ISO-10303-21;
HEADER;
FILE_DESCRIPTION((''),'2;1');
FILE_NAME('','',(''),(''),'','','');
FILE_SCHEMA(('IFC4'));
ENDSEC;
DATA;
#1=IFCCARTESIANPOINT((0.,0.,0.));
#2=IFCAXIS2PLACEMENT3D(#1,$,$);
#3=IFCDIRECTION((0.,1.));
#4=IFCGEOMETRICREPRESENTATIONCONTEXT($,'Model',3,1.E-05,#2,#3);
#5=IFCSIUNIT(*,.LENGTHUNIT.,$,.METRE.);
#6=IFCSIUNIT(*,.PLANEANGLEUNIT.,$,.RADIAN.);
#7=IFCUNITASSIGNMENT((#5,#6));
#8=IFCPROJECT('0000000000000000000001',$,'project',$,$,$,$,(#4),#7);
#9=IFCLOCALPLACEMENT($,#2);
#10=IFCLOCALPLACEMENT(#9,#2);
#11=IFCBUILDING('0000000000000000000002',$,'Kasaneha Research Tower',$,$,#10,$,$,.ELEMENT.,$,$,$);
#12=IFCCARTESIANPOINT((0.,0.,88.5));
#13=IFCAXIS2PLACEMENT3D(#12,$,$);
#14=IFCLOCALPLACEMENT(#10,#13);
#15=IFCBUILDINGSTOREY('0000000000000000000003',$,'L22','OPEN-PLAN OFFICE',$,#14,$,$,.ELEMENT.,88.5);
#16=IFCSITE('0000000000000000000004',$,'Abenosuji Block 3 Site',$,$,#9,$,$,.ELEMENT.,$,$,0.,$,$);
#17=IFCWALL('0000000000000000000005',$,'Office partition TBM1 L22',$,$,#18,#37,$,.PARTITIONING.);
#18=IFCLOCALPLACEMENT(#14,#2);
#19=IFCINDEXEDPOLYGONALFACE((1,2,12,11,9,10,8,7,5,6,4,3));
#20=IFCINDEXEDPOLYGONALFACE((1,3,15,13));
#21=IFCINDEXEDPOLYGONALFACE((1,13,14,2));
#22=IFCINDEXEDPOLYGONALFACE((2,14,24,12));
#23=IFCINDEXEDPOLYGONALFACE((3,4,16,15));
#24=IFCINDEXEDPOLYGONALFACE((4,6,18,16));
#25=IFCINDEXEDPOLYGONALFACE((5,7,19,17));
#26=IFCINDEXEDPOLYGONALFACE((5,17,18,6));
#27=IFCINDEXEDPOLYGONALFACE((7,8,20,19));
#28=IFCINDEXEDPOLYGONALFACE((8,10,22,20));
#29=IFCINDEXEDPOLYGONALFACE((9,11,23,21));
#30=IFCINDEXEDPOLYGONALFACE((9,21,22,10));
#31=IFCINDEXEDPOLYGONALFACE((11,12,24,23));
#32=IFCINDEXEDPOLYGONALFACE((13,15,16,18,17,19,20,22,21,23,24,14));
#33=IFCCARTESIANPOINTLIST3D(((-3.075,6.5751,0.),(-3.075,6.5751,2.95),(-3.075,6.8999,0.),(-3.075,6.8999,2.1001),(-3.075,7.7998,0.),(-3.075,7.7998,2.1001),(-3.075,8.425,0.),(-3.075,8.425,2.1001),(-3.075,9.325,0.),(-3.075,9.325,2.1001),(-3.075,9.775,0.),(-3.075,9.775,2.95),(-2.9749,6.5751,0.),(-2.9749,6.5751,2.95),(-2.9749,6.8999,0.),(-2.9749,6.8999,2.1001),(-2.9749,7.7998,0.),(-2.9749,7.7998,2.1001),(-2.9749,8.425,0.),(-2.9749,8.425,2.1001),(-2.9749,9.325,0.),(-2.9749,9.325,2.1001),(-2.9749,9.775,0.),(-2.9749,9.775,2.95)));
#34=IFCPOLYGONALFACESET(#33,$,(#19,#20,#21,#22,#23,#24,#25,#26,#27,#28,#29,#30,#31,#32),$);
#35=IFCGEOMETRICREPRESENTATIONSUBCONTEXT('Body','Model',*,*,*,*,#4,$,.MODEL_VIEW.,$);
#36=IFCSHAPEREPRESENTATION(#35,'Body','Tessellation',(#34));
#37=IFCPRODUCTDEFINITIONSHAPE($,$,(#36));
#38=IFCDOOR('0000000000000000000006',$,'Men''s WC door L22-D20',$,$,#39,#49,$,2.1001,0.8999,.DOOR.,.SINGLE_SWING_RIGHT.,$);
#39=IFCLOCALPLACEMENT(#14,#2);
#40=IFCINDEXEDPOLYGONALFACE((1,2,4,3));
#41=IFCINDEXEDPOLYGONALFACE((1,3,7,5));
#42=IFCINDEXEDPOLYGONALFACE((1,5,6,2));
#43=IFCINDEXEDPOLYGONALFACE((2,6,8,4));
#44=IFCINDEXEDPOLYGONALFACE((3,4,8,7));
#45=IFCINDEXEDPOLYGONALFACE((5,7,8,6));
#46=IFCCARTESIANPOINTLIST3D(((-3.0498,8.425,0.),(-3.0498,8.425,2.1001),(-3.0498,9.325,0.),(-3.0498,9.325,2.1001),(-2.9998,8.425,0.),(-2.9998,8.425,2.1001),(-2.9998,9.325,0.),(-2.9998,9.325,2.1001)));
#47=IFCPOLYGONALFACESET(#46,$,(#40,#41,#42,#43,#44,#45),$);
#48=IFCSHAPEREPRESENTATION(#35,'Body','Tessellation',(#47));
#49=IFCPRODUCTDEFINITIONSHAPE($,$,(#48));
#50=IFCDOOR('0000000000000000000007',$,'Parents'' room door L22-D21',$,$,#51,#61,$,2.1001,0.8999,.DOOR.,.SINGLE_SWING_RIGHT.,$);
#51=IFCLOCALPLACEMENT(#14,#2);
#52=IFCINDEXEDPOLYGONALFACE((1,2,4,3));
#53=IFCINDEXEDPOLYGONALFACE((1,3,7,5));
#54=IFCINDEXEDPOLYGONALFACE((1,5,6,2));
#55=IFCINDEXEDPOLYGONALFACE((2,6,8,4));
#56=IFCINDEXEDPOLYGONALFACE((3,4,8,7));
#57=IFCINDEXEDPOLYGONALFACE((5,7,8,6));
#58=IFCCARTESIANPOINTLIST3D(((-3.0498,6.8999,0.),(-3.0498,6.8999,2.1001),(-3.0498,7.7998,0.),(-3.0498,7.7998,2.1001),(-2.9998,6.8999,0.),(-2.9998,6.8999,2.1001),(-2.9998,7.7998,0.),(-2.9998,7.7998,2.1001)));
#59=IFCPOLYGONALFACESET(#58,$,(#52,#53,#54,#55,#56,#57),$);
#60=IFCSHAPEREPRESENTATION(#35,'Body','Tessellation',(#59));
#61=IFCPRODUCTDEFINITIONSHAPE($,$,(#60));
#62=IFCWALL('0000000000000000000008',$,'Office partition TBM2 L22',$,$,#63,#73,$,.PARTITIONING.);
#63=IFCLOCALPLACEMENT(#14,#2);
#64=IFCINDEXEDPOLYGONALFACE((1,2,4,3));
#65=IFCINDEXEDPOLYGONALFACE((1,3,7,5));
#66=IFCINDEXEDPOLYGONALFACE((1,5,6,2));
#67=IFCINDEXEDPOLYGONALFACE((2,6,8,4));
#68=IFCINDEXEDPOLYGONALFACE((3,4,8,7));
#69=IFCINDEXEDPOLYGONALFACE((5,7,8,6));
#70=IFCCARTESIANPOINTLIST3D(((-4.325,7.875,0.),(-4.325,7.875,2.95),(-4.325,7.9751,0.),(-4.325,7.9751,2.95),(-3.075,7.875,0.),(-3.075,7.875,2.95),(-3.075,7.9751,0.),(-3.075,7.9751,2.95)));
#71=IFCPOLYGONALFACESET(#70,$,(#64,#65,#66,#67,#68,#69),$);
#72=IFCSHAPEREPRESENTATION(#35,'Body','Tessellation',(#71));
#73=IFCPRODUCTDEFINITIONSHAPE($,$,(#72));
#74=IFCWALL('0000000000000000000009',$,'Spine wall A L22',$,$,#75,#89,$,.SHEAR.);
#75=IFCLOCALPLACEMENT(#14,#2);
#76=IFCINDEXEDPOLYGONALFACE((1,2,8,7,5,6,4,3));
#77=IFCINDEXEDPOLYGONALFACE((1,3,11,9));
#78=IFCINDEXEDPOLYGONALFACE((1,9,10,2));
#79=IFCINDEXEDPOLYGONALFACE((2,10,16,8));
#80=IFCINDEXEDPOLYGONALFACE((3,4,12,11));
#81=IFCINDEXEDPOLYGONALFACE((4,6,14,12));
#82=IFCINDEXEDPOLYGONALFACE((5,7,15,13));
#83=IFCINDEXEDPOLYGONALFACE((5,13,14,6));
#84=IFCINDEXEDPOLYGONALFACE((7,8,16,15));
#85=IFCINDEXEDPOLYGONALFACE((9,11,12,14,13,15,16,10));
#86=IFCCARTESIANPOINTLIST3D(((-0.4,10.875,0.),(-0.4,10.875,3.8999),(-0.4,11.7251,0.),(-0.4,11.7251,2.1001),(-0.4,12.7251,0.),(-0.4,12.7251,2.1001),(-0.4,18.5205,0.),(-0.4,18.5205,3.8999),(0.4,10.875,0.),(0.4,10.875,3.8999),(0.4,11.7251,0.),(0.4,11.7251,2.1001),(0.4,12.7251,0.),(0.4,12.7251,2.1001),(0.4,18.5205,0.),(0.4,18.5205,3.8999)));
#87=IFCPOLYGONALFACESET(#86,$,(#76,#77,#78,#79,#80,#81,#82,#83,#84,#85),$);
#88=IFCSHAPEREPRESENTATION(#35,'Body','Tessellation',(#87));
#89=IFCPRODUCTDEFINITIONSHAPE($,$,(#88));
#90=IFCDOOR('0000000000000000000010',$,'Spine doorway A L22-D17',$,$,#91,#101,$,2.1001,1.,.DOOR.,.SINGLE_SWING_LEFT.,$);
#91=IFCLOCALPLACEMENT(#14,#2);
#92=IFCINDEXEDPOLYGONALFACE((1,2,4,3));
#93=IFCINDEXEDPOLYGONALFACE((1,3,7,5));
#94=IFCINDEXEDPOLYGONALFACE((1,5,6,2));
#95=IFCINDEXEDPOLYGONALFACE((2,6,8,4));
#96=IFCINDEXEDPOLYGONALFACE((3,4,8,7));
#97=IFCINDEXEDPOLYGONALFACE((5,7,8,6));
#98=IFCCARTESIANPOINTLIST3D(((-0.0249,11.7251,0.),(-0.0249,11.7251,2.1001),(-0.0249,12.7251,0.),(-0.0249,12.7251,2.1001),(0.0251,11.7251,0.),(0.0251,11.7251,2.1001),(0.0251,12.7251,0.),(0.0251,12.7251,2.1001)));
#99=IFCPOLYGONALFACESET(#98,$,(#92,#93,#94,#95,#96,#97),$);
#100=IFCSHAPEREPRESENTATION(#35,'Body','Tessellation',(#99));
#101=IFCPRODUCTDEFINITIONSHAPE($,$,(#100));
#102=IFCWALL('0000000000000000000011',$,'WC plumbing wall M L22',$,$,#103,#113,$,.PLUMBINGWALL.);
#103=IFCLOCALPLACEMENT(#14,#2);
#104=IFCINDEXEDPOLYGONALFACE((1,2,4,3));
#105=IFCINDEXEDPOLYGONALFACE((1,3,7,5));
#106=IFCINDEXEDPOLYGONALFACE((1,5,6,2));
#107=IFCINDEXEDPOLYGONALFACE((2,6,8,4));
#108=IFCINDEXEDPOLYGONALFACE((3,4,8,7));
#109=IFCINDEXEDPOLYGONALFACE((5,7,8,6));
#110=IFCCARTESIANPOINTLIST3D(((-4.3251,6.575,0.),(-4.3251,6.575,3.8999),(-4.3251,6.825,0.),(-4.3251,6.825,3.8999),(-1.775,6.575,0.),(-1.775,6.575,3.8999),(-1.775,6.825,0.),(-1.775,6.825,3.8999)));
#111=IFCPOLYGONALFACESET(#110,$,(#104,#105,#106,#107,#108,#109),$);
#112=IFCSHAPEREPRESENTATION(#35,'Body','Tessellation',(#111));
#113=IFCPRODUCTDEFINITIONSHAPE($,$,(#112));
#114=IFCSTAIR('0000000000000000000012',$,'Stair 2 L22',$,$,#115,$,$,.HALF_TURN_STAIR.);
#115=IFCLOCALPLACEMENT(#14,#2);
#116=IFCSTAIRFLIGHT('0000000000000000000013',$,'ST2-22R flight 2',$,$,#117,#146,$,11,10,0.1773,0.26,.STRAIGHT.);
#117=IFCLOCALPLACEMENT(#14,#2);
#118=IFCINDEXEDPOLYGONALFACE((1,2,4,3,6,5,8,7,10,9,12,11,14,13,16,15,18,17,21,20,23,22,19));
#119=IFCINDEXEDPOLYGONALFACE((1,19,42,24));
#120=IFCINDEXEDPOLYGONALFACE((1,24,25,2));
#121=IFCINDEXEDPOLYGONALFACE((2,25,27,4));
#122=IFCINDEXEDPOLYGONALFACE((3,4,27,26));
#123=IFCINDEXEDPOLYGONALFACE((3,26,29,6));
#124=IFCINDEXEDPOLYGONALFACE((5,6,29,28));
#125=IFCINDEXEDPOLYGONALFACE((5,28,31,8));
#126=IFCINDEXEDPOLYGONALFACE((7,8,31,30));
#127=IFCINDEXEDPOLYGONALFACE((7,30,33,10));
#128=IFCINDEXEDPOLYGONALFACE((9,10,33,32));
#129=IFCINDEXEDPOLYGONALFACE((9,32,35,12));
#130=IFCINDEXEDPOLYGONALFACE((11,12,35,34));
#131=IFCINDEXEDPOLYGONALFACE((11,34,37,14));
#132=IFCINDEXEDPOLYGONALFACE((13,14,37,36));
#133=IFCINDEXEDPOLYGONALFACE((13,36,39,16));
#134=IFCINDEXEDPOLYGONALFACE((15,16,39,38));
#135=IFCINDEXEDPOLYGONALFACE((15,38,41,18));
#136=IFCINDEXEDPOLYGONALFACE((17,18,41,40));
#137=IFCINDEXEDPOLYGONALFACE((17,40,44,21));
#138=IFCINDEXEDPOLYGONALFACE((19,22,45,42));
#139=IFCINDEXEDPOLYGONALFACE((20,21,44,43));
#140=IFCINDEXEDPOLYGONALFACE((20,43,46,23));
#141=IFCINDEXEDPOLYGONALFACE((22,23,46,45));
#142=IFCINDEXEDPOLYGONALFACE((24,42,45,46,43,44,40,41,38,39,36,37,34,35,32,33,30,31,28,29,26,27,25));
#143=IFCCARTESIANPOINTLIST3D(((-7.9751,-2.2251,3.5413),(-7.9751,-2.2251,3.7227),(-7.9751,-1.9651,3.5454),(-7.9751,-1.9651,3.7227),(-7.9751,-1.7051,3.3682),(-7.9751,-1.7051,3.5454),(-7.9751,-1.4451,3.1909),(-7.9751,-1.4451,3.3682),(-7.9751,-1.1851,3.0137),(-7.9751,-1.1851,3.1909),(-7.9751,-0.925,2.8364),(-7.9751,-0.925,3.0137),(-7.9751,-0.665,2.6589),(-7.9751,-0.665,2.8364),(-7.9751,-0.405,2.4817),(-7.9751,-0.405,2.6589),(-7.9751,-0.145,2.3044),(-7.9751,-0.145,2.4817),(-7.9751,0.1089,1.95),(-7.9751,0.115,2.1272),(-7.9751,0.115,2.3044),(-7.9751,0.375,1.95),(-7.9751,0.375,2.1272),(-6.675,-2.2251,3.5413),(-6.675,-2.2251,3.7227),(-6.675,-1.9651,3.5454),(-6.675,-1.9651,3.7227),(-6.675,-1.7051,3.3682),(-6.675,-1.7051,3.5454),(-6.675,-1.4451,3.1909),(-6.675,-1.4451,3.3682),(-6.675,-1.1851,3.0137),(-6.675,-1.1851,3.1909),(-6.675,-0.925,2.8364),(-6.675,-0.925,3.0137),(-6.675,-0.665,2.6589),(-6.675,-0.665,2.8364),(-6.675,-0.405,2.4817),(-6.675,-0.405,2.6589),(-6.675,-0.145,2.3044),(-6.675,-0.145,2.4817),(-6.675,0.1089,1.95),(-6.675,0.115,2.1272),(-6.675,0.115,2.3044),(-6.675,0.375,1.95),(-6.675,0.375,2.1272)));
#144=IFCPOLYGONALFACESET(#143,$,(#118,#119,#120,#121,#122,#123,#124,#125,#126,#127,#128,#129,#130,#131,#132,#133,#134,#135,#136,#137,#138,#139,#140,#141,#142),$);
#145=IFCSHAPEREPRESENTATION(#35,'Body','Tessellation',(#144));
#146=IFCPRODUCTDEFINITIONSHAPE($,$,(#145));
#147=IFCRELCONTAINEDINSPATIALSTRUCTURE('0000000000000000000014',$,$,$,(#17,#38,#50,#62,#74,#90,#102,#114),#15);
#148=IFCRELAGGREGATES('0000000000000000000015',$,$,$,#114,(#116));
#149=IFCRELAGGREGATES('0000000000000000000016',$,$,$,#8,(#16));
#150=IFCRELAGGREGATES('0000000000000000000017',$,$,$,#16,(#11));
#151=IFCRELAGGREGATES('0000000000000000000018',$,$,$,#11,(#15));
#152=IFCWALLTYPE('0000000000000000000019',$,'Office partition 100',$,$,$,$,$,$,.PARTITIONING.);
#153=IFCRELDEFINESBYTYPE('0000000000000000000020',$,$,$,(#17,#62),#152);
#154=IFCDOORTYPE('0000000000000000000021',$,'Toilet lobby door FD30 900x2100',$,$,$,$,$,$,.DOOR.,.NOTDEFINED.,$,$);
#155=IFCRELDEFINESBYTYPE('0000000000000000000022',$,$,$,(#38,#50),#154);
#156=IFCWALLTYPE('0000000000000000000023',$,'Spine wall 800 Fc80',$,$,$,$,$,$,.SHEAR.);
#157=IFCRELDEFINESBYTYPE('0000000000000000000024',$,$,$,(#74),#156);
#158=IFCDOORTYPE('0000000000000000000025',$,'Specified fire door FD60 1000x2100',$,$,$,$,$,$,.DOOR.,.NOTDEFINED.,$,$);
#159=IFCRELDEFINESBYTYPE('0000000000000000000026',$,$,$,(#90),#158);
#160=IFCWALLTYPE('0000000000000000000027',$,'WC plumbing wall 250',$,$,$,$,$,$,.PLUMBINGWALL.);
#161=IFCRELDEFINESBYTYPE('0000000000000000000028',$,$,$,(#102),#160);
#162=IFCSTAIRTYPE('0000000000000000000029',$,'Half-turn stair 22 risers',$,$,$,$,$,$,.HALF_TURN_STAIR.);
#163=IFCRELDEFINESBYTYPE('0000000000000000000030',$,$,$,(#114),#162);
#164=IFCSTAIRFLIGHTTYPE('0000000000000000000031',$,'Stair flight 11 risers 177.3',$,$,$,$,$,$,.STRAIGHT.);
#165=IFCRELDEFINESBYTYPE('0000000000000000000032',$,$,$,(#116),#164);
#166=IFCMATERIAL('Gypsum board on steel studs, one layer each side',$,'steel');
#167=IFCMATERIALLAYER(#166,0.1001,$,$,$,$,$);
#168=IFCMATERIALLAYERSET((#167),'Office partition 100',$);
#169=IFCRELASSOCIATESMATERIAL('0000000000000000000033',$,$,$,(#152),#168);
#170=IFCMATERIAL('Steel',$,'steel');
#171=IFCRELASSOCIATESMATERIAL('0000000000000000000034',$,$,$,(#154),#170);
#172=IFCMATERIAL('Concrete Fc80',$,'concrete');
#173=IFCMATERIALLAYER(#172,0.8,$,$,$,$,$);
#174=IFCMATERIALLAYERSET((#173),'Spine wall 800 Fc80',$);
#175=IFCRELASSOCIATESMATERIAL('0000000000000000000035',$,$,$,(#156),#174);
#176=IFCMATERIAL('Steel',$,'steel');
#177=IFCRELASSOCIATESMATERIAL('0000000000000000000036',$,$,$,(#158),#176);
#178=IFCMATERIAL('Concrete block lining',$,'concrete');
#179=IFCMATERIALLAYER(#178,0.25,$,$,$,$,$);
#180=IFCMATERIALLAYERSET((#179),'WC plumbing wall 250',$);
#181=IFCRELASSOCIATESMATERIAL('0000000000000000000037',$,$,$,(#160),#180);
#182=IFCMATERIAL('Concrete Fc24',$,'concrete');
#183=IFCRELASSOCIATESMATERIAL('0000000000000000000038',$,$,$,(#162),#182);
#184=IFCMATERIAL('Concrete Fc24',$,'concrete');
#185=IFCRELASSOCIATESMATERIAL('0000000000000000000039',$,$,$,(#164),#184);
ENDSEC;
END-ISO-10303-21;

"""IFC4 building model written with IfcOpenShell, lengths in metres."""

from ifc_helpers import new_model, si_unit, direction, frame, frame_2d, origin, place, context, subcontext, project, spatial, polyline, rectangle, outline, extrude, material, layer, layer_set, type_object, element, fill, aggregate, save


model = new_model("IFC4")

# Units and contexts
model_context = context("Model", 3, precision=1e-05, world=origin(), true_north=direction((0.0, 1.0)))
body_context = subcontext(model_context, "Body", "Model", "MODEL_VIEW")
ifc_project = project(units=[si_unit("LENGTHUNIT", "METRE"), si_unit("PLANEANGLEUNIT", "RADIAN")], contexts=[model_context])

# Site, building, storey
site_placement = place(None, origin())
site = spatial("IfcSite", under=ifc_project, at=site_placement, Name="Abenosuji Block 3 Site", CompositionType="ELEMENT", RefElevation=0.0)
building_placement = place(site_placement, origin())
building = spatial("IfcBuilding", under=site, at=building_placement, Name="Kasaneha Research Tower", CompositionType="ELEMENT")
storey_placement = place(building_placement, frame((0.0, 0.0, 88.5)))
storey = spatial("IfcBuildingStorey", under=building, at=storey_placement, Name="L22", Description="OPEN-PLAN OFFICE", CompositionType="ELEMENT", Elevation=88.5)

# Wall, openings, doors
ifc_material_1 = material(Name="Gypsum board on steel studs, one layer each side", Category="steel")
ifc_layer_1 = layer(ifc_material_1, 0.1001)
ifc_layer_set_1 = layer_set([ifc_layer_1], Name="Office partition 100")
wall_type_1 = type_object("IfcWallType", Name="Office partition 100", PredefinedType="PARTITIONING", material=ifc_layer_set_1)
wall_1_placement = place(storey_placement, frame((-3.0249, 6.575, 0.0), z_axis=(0.0, 0.0, 1.0), x_axis=(0.0, 1.0, 0.0)))
wall_1 = element("IfcWall", 1, at=wall_1_placement, inside=storey, type_object=wall_type_1, Name="Office partition TBM1 L22", PredefinedType="PARTITIONING", context=body_context, shape_type="SweptSolid", body=[
    extrude(rectangle(XDim=3.2, YDim=0.1001, at=frame_2d((1.6001, 0.0))), origin(), (0.0, 0.0, 1.0), 2.95),
])
opening_1_placement = place(wall_1_placement, frame((1.8501, 0.0, 0.0)))
opening_1 = element("IfcOpeningElement", 2, at=opening_1_placement, cuts=wall_1, PredefinedType="OPENING", context=body_context, shape_type="SweptSolid", body=[
    extrude(rectangle(XDim=0.8999, YDim=2.1001, at=frame_2d((0.45, 1.05))), frame((0.0, 0.0601, 0.0), z_axis=(0.0, -1.0, 0.0), x_axis=(1.0, 0.0, 0.0)), (0.0, 0.0, 1.0), 0.1201),
])
opening_2_placement = place(wall_1_placement, frame((0.325, 0.0, 0.0)))
opening_2 = element("IfcOpeningElement", 3, at=opening_2_placement, cuts=wall_1, PredefinedType="OPENING", context=body_context, shape_type="SweptSolid", body=[
    extrude(rectangle(XDim=0.8999, YDim=2.1001, at=frame_2d((0.45, 1.05))), frame((0.0, 0.0601, 0.0), z_axis=(0.0, -1.0, 0.0), x_axis=(1.0, 0.0, 0.0)), (0.0, 0.0, 1.0), 0.1201),
])
ifc_material_2 = material(Name="Steel", Category="steel")
door_type_1 = type_object("IfcDoorType", Name="Toilet lobby door FD30 900x2100", OperationType="NOTDEFINED", PredefinedType="DOOR", material=ifc_material_2)
door_1_placement = place(opening_1_placement, origin())
door_1 = element("IfcDoor", 4, at=door_1_placement, inside=storey, type_object=door_type_1, Name="Men's WC door L22-D20", OperationType="SINGLE_SWING_RIGHT", OverallHeight=2.1001, OverallWidth=0.8999, PredefinedType="DOOR", context=body_context, shape_type="SweptSolid", body=[
    extrude(rectangle(XDim=0.8999, YDim=2.1001, at=frame_2d((0.45, 1.05))), frame((0.0, 0.0249, 0.0), z_axis=(0.0, -1.0, 0.0), x_axis=(1.0, 0.0, 0.0)), (0.0, 0.0, 1.0), 0.05),
])
fill(opening_1, door_1)
door_2_placement = place(opening_2_placement, origin())
door_2 = element("IfcDoor", 5, at=door_2_placement, inside=storey, type_object=door_type_1, Name="Parents' room door L22-D21", OperationType="SINGLE_SWING_RIGHT", OverallHeight=2.1001, OverallWidth=0.8999, PredefinedType="DOOR", context=body_context, shape_type="SweptSolid", body=[
    extrude(rectangle(XDim=0.8999, YDim=2.1001, at=frame_2d((0.45, 1.05))), frame((0.0, 0.0249, 0.0), z_axis=(0.0, -1.0, 0.0), x_axis=(1.0, 0.0, 0.0)), (0.0, 0.0, 1.0), 0.05),
])
fill(opening_2, door_2)

# Wall
wall_2_placement = place(storey_placement, frame((-3.075, 7.925, 0.0), z_axis=(0.0, 0.0, 1.0), x_axis=(-1.0, 0.0, 0.0)))
element("IfcWall", 6, at=wall_2_placement, inside=storey, type_object=wall_type_1, Name="Office partition TBM2 L22", PredefinedType="PARTITIONING", context=body_context, shape_type="SweptSolid", body=[
    extrude(rectangle(XDim=1.25, YDim=0.1001, at=frame_2d((0.625, 0.0))), origin(), (0.0, 0.0, 1.0), 2.95),
])

# Wall, opening, door
ifc_material_3 = material(Name="Concrete Fc80", Category="concrete")
ifc_layer_2 = layer(ifc_material_3, 0.8)
ifc_layer_set_2 = layer_set([ifc_layer_2], Name="Spine wall 800 Fc80")
wall_type_2 = type_object("IfcWallType", Name="Spine wall 800 Fc80", PredefinedType="SHEAR", material=ifc_layer_set_2)
wall_3_placement = place(storey_placement, frame((0.0, 10.875, 0.0), z_axis=(0.0, 0.0, 1.0), x_axis=(0.0, 1.0, 0.0)))
wall_3 = element("IfcWall", 7, at=wall_3_placement, inside=storey, type_object=wall_type_2, Name="Spine wall A L22", PredefinedType="SHEAR", context=body_context, shape_type="SweptSolid", body=[
    extrude(rectangle(XDim=7.6455, YDim=0.8, at=frame_2d((3.8228, 0.0))), origin(), (0.0, 0.0, 1.0), 3.8999),
])
opening_3_placement = place(wall_3_placement, frame((0.8501, 0.0, 0.0)))
opening_3 = element("IfcOpeningElement", 8, at=opening_3_placement, cuts=wall_3, PredefinedType="OPENING", context=body_context, shape_type="SweptSolid", body=[
    extrude(rectangle(XDim=1.0, YDim=2.1001, at=frame_2d((0.5, 1.05))), frame((0.0, 0.4102, 0.0), z_axis=(0.0, -1.0, 0.0), x_axis=(1.0, 0.0, 0.0)), (0.0, 0.0, 1.0), 0.8201),
])
ifc_material_4 = material(Name="Steel", Category="steel")
door_type_2 = type_object("IfcDoorType", Name="Specified fire door FD60 1000x2100", OperationType="NOTDEFINED", PredefinedType="DOOR", material=ifc_material_4)
door_3_placement = place(opening_3_placement, origin())
door_3 = element("IfcDoor", 9, at=door_3_placement, inside=storey, type_object=door_type_2, Name="Spine doorway A L22-D17", OperationType="SINGLE_SWING_LEFT", OverallHeight=2.1001, OverallWidth=1.0, PredefinedType="DOOR", context=body_context, shape_type="SweptSolid", body=[
    extrude(rectangle(XDim=1.0, YDim=2.1001, at=frame_2d((0.5, 1.05))), frame((0.0, 0.0249, 0.0), z_axis=(0.0, -1.0, 0.0), x_axis=(1.0, 0.0, 0.0)), (0.0, 0.0, 1.0), 0.05),
])
fill(opening_3, door_3)

# Wall
ifc_material_5 = material(Name="Concrete block lining", Category="concrete")
ifc_layer_3 = layer(ifc_material_5, 0.25)
ifc_layer_set_3 = layer_set([ifc_layer_3], Name="WC plumbing wall 250")
wall_type_3 = type_object("IfcWallType", Name="WC plumbing wall 250", PredefinedType="PLUMBINGWALL", material=ifc_layer_set_3)
wall_4_placement = place(storey_placement, frame((-4.325, 6.7, 0.0), z_axis=(0.0, 0.0, 1.0), x_axis=(1.0, 0.0, 0.0)))
element("IfcWall", 10, at=wall_4_placement, inside=storey, type_object=wall_type_3, Name="WC plumbing wall M L22", PredefinedType="PLUMBINGWALL", context=body_context, shape_type="SweptSolid", body=[
    extrude(rectangle(XDim=2.55, YDim=0.25, at=frame_2d((1.2749, 0.0))), origin(), (0.0, 0.0, 1.0), 3.8999),
])

# Stair, stair flight
ifc_material_6 = material(Name="Concrete Fc24", Category="concrete")
stair_type = type_object("IfcStairType", Name="Half-turn stair 22 risers", PredefinedType="HALF_TURN_STAIR", material=ifc_material_6)
stair_placement = place(storey_placement, origin())
stair = element("IfcStair", 11, at=stair_placement, inside=storey, type_object=stair_type, Name="Stair 2 L22", PredefinedType="HALF_TURN_STAIR")
ifc_material_7 = material(Name="Concrete Fc24", Category="concrete")
stair_flight_type = type_object("IfcStairFlightType", Name="Stair flight 11 risers 177.3", PredefinedType="STRAIGHT", material=ifc_material_7)
stair_flight_placement = place(storey_placement, frame((-7.325, 0.375, 1.95), z_axis=(0.0, 0.0, 1.0), x_axis=(0.0, -1.0, 0.0)))
stair_flight = element("IfcStairFlight", 12, at=stair_flight_placement, type_object=stair_flight_type, Name="ST2-22R flight 2", NumberOfRisers=11, NumberOfTreads=10, PredefinedType="STRAIGHT", RiserHeight=0.1773, TreadLength=0.26, context=body_context, shape_type="SweptSolid", body=[
    extrude(outline(polyline([(0.0, 0.0), (0.0, 0.1772), (0.26, 0.1772), (0.26, 0.3545), (0.52, 0.3545), (0.52, 0.5317), (0.78, 0.5317), (0.78, 0.709), (1.04, 0.709), (1.04, 0.8865), (1.3, 0.8865), (1.3, 1.0637), (1.5601, 1.0637), (1.5601, 1.241), (1.8201, 1.241), (1.8201, 1.4182), (2.0801, 1.4182), (2.0801, 1.5955), (2.3401, 1.5955), (2.3401, 1.7727), (2.6001, 1.7727), (2.6001, 1.95), (2.6001, 1.5913), (0.2661, 0.0), (0.0, 0.0)])), frame((0.0, 0.6499, 0.0), z_axis=(0.0, -1.0, 0.0), x_axis=(1.0, 0.0, 0.0)), (0.0, 0.0, 1.0), 1.3),
])
aggregate(stair, [stair_flight])

save(model, "model.ifc")
